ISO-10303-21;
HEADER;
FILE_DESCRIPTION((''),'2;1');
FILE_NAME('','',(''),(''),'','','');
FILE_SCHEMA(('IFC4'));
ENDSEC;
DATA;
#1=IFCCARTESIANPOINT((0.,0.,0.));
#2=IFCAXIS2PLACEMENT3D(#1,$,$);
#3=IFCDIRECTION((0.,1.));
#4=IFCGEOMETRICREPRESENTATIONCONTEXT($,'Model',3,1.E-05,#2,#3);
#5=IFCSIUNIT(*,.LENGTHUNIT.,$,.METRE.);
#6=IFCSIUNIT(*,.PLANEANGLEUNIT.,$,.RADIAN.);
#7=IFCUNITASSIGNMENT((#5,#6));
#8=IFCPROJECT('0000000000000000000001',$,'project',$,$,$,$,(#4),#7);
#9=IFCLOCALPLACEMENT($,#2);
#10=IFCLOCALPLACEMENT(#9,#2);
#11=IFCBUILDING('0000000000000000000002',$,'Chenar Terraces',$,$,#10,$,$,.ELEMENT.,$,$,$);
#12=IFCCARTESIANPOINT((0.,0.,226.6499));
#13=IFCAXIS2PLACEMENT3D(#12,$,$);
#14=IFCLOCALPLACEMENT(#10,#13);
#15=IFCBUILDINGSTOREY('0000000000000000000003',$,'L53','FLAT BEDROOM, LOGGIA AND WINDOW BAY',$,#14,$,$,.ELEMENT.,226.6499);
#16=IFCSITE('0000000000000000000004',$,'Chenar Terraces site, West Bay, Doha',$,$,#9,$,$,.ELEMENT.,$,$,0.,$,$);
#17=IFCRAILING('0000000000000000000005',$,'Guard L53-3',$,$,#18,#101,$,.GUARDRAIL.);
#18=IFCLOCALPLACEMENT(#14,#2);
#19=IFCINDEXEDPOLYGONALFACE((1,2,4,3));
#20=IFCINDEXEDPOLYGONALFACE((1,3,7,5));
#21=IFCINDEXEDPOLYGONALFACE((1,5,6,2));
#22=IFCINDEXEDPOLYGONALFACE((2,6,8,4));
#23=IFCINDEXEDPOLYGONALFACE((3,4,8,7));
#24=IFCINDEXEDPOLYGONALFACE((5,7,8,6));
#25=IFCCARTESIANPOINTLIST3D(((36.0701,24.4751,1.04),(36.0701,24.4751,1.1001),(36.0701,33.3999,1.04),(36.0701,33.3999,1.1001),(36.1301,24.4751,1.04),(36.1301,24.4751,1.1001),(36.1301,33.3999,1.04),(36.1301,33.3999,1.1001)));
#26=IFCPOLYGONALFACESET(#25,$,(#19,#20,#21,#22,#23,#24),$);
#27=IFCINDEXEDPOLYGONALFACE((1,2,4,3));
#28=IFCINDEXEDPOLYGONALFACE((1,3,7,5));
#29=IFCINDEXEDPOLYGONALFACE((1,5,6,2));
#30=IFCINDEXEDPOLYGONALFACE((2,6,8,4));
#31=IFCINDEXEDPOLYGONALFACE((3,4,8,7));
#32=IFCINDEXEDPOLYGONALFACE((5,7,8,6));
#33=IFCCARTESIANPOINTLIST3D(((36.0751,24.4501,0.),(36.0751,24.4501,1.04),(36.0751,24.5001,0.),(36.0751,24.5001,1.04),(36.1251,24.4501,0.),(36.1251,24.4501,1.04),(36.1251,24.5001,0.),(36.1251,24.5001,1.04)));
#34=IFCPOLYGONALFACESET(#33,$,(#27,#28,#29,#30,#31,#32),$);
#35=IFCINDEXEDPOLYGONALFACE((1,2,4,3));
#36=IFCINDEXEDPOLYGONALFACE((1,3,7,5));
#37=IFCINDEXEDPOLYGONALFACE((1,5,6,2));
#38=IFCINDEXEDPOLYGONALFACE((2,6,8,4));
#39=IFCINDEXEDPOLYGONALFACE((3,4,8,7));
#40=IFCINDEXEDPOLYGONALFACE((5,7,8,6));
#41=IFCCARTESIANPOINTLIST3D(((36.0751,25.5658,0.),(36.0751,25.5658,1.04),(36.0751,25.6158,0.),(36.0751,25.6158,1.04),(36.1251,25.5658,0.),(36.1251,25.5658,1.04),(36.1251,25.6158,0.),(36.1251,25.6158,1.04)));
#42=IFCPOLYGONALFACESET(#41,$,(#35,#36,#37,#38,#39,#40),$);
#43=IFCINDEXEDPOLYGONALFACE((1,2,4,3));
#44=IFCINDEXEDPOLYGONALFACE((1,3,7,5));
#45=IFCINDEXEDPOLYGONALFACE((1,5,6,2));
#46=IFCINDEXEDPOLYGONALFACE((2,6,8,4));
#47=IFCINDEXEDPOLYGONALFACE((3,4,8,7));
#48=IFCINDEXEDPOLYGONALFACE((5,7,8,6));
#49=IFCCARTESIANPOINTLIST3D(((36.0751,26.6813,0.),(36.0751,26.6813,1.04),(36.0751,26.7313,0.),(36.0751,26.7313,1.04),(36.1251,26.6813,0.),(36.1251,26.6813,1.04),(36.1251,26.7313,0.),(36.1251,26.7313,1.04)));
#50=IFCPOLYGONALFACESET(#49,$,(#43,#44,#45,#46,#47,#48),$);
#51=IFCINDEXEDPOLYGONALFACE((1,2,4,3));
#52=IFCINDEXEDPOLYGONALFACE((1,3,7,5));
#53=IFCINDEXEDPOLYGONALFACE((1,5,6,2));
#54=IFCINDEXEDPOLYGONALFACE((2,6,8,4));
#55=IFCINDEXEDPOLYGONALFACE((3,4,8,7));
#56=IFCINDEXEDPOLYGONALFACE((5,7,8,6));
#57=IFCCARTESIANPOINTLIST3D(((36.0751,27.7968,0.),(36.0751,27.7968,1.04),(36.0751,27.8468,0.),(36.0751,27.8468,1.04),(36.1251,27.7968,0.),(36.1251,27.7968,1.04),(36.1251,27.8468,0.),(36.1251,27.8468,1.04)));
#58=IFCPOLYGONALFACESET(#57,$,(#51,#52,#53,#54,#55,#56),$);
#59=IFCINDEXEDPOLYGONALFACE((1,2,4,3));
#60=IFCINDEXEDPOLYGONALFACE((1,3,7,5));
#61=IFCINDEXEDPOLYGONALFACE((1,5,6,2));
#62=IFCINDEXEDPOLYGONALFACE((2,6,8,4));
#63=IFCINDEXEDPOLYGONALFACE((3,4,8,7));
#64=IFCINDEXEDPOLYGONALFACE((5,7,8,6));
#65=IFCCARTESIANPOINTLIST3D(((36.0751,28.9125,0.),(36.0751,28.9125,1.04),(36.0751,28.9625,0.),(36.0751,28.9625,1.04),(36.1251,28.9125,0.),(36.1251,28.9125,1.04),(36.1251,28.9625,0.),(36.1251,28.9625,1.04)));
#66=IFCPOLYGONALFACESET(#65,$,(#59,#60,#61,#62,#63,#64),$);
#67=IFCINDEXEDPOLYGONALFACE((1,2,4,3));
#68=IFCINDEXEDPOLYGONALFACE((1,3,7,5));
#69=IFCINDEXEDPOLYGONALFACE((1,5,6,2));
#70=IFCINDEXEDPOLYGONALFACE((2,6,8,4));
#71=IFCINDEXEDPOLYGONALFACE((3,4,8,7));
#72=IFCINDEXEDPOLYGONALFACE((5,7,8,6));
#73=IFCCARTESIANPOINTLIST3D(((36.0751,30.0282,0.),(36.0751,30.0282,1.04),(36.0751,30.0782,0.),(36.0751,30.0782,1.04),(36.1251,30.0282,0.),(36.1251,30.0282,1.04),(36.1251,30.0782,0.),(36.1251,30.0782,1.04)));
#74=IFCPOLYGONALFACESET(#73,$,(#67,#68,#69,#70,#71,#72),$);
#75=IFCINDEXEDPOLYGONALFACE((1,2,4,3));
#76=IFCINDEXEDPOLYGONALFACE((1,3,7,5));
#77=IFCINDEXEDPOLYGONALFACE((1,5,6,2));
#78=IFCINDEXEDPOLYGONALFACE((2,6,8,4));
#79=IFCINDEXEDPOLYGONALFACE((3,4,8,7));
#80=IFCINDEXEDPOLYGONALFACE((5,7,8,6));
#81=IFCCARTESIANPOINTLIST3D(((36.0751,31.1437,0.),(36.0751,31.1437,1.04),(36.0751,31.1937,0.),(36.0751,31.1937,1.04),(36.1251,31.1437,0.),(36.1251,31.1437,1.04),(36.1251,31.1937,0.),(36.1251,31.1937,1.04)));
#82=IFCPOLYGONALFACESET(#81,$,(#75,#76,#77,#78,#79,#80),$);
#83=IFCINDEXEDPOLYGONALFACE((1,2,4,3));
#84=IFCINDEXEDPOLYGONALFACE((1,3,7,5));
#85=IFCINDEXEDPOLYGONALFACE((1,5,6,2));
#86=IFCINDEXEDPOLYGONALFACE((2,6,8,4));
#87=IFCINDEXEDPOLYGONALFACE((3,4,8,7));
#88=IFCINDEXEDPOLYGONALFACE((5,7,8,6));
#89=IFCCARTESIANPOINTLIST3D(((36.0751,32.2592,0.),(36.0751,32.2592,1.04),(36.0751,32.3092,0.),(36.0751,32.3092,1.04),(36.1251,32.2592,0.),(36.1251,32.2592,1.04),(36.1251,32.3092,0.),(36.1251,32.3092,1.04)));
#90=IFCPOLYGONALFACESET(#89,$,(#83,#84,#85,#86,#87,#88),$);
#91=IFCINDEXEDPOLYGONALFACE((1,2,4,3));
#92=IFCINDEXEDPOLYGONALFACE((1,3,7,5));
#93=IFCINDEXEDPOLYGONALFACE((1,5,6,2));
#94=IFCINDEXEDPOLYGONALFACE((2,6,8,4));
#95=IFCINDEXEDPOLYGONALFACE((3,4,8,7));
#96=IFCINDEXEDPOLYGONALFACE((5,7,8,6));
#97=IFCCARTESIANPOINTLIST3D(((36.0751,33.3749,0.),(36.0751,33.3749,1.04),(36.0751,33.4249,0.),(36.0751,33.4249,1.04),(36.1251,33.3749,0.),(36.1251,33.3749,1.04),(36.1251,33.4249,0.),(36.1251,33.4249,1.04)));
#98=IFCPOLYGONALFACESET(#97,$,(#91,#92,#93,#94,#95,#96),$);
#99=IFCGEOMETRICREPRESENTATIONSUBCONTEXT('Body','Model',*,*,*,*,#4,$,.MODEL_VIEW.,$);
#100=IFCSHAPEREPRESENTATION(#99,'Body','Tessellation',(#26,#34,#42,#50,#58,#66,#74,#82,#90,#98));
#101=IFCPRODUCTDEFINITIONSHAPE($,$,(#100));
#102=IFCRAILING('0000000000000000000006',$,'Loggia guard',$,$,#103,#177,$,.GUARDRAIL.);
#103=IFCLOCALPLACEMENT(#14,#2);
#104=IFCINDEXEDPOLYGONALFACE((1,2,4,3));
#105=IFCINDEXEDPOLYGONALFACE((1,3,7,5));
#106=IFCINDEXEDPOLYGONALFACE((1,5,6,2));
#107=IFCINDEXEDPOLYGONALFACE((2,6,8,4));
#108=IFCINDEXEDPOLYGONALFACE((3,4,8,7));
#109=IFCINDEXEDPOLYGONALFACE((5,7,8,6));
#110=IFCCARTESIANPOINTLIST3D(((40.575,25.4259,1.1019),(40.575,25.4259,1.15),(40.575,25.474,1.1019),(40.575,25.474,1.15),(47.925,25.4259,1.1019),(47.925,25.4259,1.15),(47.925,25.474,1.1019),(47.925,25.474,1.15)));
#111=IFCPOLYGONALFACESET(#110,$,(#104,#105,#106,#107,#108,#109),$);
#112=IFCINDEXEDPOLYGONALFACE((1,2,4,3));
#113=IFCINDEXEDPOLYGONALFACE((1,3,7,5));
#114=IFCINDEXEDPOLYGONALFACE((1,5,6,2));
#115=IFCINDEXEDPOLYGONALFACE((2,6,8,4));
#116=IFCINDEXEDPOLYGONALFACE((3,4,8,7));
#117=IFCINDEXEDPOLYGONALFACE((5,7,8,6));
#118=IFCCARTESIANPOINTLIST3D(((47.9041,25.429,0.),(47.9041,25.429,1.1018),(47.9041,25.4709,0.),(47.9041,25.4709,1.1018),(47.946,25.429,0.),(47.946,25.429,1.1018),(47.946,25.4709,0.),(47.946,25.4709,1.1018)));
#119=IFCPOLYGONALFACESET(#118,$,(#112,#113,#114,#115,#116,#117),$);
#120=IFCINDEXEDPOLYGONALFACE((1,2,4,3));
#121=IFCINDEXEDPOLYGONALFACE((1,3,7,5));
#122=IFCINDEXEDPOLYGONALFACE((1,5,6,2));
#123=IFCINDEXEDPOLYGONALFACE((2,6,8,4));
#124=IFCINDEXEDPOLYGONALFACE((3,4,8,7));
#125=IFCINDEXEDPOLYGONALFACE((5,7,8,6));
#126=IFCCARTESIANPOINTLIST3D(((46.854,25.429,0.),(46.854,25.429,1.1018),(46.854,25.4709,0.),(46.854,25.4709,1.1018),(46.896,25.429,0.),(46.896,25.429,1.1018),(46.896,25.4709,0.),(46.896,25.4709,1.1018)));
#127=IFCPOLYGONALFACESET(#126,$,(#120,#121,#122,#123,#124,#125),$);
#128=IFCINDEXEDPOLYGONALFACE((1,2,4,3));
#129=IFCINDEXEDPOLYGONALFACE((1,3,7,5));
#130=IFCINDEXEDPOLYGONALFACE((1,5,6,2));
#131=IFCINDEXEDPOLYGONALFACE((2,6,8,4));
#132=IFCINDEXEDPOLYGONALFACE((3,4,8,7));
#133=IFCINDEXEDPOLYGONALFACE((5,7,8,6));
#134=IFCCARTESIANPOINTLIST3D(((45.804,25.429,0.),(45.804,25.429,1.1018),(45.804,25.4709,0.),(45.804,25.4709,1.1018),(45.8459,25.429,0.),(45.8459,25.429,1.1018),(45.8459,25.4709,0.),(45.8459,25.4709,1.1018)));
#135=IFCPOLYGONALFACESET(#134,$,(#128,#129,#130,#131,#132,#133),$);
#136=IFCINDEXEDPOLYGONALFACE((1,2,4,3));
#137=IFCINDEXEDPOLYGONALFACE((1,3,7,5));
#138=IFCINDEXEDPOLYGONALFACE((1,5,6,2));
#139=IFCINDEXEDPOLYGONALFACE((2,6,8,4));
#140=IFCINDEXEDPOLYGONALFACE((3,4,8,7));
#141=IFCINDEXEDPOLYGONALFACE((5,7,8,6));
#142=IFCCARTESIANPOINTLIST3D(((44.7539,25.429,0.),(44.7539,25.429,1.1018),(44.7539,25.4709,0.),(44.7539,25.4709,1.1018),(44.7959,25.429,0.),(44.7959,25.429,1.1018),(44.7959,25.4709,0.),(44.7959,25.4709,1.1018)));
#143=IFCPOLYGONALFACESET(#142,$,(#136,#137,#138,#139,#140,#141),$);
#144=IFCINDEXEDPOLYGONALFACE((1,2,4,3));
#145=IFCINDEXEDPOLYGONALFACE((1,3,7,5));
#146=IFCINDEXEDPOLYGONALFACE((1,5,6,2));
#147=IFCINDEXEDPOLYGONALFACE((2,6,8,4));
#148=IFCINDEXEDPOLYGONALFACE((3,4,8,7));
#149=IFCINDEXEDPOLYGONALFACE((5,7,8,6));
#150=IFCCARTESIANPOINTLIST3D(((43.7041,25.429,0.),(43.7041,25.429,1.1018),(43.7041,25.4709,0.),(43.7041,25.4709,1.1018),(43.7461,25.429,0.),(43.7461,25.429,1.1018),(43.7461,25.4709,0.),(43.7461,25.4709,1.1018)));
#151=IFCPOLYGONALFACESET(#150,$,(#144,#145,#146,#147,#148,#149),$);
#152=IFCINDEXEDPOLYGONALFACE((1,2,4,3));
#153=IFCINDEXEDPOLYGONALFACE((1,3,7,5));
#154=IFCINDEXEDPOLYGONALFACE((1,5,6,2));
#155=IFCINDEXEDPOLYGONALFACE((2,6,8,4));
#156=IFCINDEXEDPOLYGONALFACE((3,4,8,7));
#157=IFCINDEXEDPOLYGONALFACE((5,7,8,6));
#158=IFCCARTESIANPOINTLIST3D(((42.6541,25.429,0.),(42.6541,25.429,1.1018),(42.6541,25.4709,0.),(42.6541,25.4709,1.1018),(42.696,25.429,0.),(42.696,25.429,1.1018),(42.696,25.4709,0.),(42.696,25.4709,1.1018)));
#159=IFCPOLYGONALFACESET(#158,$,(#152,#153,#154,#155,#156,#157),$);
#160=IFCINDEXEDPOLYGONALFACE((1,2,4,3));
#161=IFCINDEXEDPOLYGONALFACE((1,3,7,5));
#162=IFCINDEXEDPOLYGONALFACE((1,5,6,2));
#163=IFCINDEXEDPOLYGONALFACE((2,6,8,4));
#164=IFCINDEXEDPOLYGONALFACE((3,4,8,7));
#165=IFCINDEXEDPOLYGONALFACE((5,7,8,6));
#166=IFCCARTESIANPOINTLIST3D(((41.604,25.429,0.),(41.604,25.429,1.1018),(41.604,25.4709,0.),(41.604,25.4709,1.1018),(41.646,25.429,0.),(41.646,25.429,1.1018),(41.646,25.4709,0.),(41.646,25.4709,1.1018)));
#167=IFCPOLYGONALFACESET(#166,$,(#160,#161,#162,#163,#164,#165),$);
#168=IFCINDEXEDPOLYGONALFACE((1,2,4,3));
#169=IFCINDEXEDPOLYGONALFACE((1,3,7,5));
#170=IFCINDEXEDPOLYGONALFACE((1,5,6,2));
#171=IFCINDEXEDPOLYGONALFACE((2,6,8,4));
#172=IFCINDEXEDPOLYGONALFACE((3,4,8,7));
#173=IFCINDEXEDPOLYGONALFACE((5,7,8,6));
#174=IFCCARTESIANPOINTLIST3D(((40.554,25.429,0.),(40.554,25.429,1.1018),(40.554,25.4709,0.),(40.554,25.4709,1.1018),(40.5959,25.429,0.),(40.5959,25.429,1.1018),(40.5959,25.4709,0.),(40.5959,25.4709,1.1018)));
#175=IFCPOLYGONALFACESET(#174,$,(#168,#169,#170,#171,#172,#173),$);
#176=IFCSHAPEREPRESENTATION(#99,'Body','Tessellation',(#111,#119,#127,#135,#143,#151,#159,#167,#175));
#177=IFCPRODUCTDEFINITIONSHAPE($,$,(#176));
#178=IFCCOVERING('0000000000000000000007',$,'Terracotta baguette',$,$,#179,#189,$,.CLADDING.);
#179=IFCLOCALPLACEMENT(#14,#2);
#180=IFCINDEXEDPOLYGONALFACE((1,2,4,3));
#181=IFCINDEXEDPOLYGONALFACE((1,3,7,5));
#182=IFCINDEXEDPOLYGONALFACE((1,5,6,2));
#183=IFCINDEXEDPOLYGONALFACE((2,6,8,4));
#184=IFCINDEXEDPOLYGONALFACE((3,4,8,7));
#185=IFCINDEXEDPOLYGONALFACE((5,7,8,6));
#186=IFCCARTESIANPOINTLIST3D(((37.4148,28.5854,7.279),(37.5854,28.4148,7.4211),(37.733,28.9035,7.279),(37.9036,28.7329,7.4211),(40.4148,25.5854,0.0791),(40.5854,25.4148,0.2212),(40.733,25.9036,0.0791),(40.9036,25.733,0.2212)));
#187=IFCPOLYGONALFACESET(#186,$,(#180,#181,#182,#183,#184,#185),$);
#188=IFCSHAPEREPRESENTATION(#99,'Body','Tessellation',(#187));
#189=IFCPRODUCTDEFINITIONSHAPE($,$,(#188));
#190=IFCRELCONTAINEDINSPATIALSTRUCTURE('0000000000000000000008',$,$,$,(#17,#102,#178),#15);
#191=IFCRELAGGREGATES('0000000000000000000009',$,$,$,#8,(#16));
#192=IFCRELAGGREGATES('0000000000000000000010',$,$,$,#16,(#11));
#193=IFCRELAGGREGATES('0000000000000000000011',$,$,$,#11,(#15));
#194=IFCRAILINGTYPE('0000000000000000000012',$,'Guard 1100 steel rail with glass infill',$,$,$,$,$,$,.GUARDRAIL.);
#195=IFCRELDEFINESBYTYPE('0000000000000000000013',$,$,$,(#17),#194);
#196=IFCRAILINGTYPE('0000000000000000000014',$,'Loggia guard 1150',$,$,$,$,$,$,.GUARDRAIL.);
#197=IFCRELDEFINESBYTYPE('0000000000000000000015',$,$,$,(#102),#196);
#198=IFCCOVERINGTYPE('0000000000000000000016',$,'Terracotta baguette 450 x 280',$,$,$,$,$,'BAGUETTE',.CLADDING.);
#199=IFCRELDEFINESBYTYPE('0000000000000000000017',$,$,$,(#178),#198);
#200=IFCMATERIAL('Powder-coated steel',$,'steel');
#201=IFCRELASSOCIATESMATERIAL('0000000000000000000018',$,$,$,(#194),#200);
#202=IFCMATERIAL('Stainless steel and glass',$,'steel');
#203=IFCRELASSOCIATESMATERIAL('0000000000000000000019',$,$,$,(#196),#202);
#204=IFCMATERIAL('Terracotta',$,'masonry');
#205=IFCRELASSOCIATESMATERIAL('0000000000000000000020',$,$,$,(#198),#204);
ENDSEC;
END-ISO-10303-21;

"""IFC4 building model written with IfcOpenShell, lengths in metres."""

from ifc_helpers import new_model, si_unit, direction, frame, origin, origin_2d, place, context, subcontext, project, spatial, rectangle, extrude, material, material_profile, profile_set, type_object, element, save


model = new_model("IFC4")

# Units and contexts
model_context = context("Model", 3, precision=1e-05, world=origin(), true_north=direction((0.0, 1.0)))
body_context = subcontext(model_context, "Body", "Model", "MODEL_VIEW")
ifc_project = project(units=[si_unit("LENGTHUNIT", "METRE"), si_unit("PLANEANGLEUNIT", "RADIAN")], contexts=[model_context])

# Site, building, storey
site_placement = place(None, origin())
site = spatial("IfcSite", under=ifc_project, at=site_placement, Name="Chenar Terraces site, West Bay, Doha", CompositionType="ELEMENT", RefElevation=0.0)
building_placement = place(site_placement, origin())
building = spatial("IfcBuilding", under=site, at=building_placement, Name="Chenar Terraces", CompositionType="ELEMENT")
storey_placement = place(building_placement, frame((0.0, 0.0, 226.6499)))
storey = spatial("IfcBuildingStorey", under=building, at=storey_placement, Name="L53", Description="FLAT BEDROOM, LOGGIA AND WINDOW BAY", CompositionType="ELEMENT", Elevation=226.6499)

# Railings
ifc_material_1 = material(Name="Powder-coated steel", Category="steel")
railing_type_1 = type_object("IfcRailingType", Name="Guard 1100 steel rail with glass infill", PredefinedType="GUARDRAIL", material=ifc_material_1)
railing_1_placement = place(storey_placement, frame((36.1001, 24.4751, 0.0)))
element("IfcRailing", 1, at=railing_1_placement, inside=storey, type_object=railing_type_1, Name="Guard L53-3", PredefinedType="GUARDRAIL", context=body_context, shape_type="SweptSolid", body=[
    extrude(rectangle(XDim=0.0601, YDim=0.0601, at=origin_2d()), frame((0.0, 0.0, 1.0701), z_axis=(0.0, 1.0, 0.0), x_axis=(-1.0, 0.0, 0.0)), (0.0, 0.0, 1.0), 8.9248),
    extrude(rectangle(XDim=0.05, YDim=0.05, at=origin_2d()), origin(), (0.0, 0.0, 1.0), 1.04),
    extrude(rectangle(XDim=0.05, YDim=0.05, at=origin_2d()), frame((0.0, 1.1157, 0.0)), (0.0, 0.0, 1.0), 1.04),
    extrude(rectangle(XDim=0.05, YDim=0.05, at=origin_2d()), frame((0.0, 2.2312, 0.0)), (0.0, 0.0, 1.0), 1.04),
    extrude(rectangle(XDim=0.05, YDim=0.05, at=origin_2d()), frame((0.0, 3.3467, 0.0)), (0.0, 0.0, 1.0), 1.04),
    extrude(rectangle(XDim=0.05, YDim=0.05, at=origin_2d()), frame((0.0, 4.4624, 0.0)), (0.0, 0.0, 1.0), 1.04),
    extrude(rectangle(XDim=0.05, YDim=0.05, at=origin_2d()), frame((0.0, 5.5781, 0.0)), (0.0, 0.0, 1.0), 1.04),
    extrude(rectangle(XDim=0.05, YDim=0.05, at=origin_2d()), frame((0.0, 6.6936, 0.0)), (0.0, 0.0, 1.0), 1.04),
    extrude(rectangle(XDim=0.05, YDim=0.05, at=origin_2d()), frame((0.0, 7.8091, 0.0)), (0.0, 0.0, 1.0), 1.04),
    extrude(rectangle(XDim=0.05, YDim=0.05, at=origin_2d()), frame((0.0, 8.9248, 0.0)), (0.0, 0.0, 1.0), 1.04),
])
ifc_material_2 = material(Name="Stainless steel and glass", Category="steel")
railing_type_2 = type_object("IfcRailingType", Name="Loggia guard 1150", PredefinedType="GUARDRAIL", material=ifc_material_2)
railing_2_placement = place(storey_placement, frame((47.925, 25.45, 0.0)))
element("IfcRailing", 2, at=railing_2_placement, inside=storey, type_object=railing_type_2, Name="Loggia guard", PredefinedType="GUARDRAIL", context=body_context, shape_type="SweptSolid", body=[
    extrude(rectangle(XDim=0.0481, YDim=0.0481, at=origin_2d()), frame((0.0, 0.0, 1.126), z_axis=(-1.0, 0.0, 0.0), x_axis=(0.0, -1.0, 0.0)), (0.0, 0.0, 1.0), 7.3501),
    extrude(rectangle(XDim=0.042, YDim=0.042, at=origin_2d()), origin(), (0.0, 0.0, 1.0), 1.1018),
    extrude(rectangle(XDim=0.042, YDim=0.042, at=origin_2d()), frame((-1.05, 0.0, 0.0)), (0.0, 0.0, 1.0), 1.1018),
    extrude(rectangle(XDim=0.042, YDim=0.042, at=origin_2d()), frame((-2.1001, 0.0, 0.0)), (0.0, 0.0, 1.0), 1.1018),
    extrude(rectangle(XDim=0.042, YDim=0.042, at=origin_2d()), frame((-3.1501, 0.0, 0.0)), (0.0, 0.0, 1.0), 1.1018),
    extrude(rectangle(XDim=0.042, YDim=0.042, at=origin_2d()), frame((-4.2, 0.0, 0.0)), (0.0, 0.0, 1.0), 1.1018),
    extrude(rectangle(XDim=0.042, YDim=0.042, at=origin_2d()), frame((-5.25, 0.0, 0.0)), (0.0, 0.0, 1.0), 1.1018),
    extrude(rectangle(XDim=0.042, YDim=0.042, at=origin_2d()), frame((-6.3, 0.0, 0.0)), (0.0, 0.0, 1.0), 1.1018),
    extrude(rectangle(XDim=0.042, YDim=0.042, at=origin_2d()), frame((-7.3501, 0.0, 0.0)), (0.0, 0.0, 1.0), 1.1018),
])

# Covering
ifc_material_3 = material(Name="Terracotta", Category="masonry")
ifc_material_profile_1 = material_profile(ifc_material_3, rectangle(XDim=0.45, YDim=0.28, at=origin_2d()), Name="Terracotta baguette 450 x 280")
ifc_profile_set_1 = profile_set([ifc_material_profile_1], Name="Terracotta")
covering_type = type_object("IfcCoveringType", Name="Terracotta baguette 450 x 280", ElementType="BAGUETTE", PredefinedType="CLADDING", material=ifc_profile_set_1)
covering_placement = place(storey_placement, frame((40.6592, 25.6592, 0.1501), z_axis=(-0.358981, 0.358981, 0.861548), x_axis=(-0.707107, -0.707107, 0.0)))
element("IfcCovering", 3, at=covering_placement, inside=storey, type_object=covering_type, Name="Terracotta baguette", PredefinedType="CLADDING", context=body_context, shape_type="SweptSolid", body=[
    extrude(rectangle(XDim=0.45, YDim=0.28, at=origin_2d()), origin(), (0.0, 0.0, 1.0), 8.3569),
])

save(model, "model.ifc")
